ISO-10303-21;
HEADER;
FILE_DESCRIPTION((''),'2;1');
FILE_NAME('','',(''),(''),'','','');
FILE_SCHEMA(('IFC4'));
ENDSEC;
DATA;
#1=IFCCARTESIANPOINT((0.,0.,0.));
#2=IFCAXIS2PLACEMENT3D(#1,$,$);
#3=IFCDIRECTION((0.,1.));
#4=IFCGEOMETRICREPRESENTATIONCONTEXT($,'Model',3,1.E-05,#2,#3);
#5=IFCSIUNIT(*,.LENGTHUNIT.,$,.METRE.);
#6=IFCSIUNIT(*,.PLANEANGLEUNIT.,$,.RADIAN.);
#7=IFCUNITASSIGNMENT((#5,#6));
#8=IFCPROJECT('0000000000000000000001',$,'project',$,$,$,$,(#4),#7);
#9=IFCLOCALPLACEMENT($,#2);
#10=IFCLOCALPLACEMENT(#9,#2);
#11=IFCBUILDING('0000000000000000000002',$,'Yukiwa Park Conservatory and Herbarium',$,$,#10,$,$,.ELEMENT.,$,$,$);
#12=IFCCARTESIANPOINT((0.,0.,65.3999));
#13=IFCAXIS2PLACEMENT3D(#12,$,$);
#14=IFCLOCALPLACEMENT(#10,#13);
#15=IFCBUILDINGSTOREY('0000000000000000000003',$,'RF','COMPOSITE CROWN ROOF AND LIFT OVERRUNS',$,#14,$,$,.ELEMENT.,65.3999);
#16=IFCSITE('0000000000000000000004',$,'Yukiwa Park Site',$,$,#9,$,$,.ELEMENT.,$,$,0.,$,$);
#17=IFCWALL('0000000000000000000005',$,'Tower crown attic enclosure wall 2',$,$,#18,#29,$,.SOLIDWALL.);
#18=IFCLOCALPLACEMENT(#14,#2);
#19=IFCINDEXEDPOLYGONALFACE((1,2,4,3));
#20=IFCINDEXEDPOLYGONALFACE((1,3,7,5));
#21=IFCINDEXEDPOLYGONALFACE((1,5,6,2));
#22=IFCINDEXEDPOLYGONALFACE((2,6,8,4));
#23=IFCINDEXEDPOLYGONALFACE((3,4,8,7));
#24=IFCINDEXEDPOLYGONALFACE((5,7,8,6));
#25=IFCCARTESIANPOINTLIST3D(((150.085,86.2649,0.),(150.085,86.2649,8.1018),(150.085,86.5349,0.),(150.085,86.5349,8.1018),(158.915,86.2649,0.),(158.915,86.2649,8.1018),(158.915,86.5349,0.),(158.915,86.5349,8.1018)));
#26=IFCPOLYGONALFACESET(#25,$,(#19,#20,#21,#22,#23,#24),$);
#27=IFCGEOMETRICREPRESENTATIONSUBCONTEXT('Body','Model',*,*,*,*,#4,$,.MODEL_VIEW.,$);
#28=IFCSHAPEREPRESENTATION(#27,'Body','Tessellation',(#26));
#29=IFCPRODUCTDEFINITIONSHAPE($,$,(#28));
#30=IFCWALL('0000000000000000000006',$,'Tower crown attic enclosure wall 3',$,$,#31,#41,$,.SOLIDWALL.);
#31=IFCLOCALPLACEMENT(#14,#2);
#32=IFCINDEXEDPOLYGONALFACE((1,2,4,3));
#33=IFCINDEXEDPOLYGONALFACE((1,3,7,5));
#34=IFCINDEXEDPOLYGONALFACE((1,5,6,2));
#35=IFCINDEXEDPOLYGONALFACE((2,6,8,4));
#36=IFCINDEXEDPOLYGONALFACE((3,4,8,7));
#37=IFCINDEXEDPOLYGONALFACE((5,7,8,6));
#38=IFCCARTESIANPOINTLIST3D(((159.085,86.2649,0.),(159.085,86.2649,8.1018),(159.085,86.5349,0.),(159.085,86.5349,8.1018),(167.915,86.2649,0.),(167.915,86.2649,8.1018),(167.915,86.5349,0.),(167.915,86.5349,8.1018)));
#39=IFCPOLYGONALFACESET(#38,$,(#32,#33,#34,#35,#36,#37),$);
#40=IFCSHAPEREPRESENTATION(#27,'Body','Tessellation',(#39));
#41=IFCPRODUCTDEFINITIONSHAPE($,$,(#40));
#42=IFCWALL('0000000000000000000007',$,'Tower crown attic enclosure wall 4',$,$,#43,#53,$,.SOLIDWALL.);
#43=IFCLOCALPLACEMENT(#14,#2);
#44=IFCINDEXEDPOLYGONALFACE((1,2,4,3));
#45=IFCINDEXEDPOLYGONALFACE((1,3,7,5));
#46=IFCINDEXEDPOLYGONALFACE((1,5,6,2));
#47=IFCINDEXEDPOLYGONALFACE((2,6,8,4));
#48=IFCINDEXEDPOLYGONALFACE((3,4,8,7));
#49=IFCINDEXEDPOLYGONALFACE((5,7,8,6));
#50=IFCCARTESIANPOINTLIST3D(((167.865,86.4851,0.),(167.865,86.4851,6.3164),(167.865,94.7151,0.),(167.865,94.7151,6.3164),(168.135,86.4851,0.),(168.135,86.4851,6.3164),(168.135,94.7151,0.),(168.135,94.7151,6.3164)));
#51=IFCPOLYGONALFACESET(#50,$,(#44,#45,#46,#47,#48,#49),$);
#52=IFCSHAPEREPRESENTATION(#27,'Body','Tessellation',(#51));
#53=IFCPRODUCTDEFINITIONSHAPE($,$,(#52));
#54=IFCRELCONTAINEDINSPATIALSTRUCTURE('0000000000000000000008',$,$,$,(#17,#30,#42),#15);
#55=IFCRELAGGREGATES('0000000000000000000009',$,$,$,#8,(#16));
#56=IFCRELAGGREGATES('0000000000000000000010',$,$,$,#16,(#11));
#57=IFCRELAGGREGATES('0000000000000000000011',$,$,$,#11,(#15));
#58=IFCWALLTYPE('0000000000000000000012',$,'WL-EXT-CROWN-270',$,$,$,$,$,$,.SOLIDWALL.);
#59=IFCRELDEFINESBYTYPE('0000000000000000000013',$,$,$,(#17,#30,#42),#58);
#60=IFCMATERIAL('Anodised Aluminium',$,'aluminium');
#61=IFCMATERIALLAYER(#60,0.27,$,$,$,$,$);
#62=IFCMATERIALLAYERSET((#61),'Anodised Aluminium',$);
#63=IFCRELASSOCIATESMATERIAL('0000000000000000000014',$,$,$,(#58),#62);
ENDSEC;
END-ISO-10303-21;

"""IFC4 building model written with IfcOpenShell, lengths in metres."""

from ifc_helpers import new_model, si_unit, direction, frame, frame_2d, origin, place, context, subcontext, project, spatial, rectangle, extrude, material, layer, layer_set, type_object, element, save


model = new_model("IFC4")

# Units and contexts
model_context = context("Model", 3, precision=1e-05, world=origin(), true_north=direction((0.0, 1.0)))
body_context = subcontext(model_context, "Body", "Model", "MODEL_VIEW")
ifc_project = project(units=[si_unit("LENGTHUNIT", "METRE"), si_unit("PLANEANGLEUNIT", "RADIAN")], contexts=[model_context])

# Site, building, storey
site_placement = place(None, origin())
site = spatial("IfcSite", under=ifc_project, at=site_placement, Name="Yukiwa Park Site", CompositionType="ELEMENT", RefElevation=0.0)
building_placement = place(site_placement, origin())
building = spatial("IfcBuilding", under=site, at=building_placement, Name="Yukiwa Park Conservatory and Herbarium", CompositionType="ELEMENT")
storey_placement = place(building_placement, frame((0.0, 0.0, 65.3999)))
storey = spatial("IfcBuildingStorey", under=building, at=storey_placement, Name="RF", Description="COMPOSITE CROWN ROOF AND LIFT OVERRUNS", CompositionType="ELEMENT", Elevation=65.3999)

# Walls
ifc_material_1 = material(Name="Anodised Aluminium", Category="aluminium")
ifc_layer = layer(ifc_material_1, 0.27)
ifc_layer_set = layer_set([ifc_layer], Name="Anodised Aluminium")
wall_type = type_object("IfcWallType", Name="WL-EXT-CROWN-270", PredefinedType="SOLIDWALL", material=ifc_layer_set)
for number, where, z_axis, x_axis, name in (
    (1, (150.085, 86.3999, 0.0), (0.0, 0.0, 1.0), (1.0, 0.0, 0.0), "Tower crown attic enclosure wall 2"),
    (2, (159.085, 86.3999, 0.0), (0.0, 0.0, 1.0), (1.0, 0.0, 0.0), "Tower crown attic enclosure wall 3"),
):
    element("IfcWall", number, at=place(storey_placement, frame(where, z_axis=z_axis, x_axis=x_axis)), inside=storey, type_object=wall_type, Name=name, PredefinedType="SOLIDWALL", context=body_context, shape_type="SweptSolid", body=[
        extrude(rectangle(XDim=8.8301, YDim=0.27, at=frame_2d((4.415, 0.0))), origin(), (0.0, 0.0, 1.0), 8.1018),
    ])
wall_placement = place(storey_placement, frame((168.0, 86.4851, 0.0), z_axis=(0.0, 0.0, 1.0), x_axis=(0.0, 1.0, 0.0)))
element("IfcWall", 3, at=wall_placement, inside=storey, type_object=wall_type, Name="Tower crown attic enclosure wall 4", PredefinedType="SOLIDWALL", context=body_context, shape_type="SweptSolid", body=[
    extrude(rectangle(XDim=8.23, YDim=0.27, at=frame_2d((4.115, 0.0))), origin(), (0.0, 0.0, 1.0), 6.3164),
])

save(model, "model.ifc")
